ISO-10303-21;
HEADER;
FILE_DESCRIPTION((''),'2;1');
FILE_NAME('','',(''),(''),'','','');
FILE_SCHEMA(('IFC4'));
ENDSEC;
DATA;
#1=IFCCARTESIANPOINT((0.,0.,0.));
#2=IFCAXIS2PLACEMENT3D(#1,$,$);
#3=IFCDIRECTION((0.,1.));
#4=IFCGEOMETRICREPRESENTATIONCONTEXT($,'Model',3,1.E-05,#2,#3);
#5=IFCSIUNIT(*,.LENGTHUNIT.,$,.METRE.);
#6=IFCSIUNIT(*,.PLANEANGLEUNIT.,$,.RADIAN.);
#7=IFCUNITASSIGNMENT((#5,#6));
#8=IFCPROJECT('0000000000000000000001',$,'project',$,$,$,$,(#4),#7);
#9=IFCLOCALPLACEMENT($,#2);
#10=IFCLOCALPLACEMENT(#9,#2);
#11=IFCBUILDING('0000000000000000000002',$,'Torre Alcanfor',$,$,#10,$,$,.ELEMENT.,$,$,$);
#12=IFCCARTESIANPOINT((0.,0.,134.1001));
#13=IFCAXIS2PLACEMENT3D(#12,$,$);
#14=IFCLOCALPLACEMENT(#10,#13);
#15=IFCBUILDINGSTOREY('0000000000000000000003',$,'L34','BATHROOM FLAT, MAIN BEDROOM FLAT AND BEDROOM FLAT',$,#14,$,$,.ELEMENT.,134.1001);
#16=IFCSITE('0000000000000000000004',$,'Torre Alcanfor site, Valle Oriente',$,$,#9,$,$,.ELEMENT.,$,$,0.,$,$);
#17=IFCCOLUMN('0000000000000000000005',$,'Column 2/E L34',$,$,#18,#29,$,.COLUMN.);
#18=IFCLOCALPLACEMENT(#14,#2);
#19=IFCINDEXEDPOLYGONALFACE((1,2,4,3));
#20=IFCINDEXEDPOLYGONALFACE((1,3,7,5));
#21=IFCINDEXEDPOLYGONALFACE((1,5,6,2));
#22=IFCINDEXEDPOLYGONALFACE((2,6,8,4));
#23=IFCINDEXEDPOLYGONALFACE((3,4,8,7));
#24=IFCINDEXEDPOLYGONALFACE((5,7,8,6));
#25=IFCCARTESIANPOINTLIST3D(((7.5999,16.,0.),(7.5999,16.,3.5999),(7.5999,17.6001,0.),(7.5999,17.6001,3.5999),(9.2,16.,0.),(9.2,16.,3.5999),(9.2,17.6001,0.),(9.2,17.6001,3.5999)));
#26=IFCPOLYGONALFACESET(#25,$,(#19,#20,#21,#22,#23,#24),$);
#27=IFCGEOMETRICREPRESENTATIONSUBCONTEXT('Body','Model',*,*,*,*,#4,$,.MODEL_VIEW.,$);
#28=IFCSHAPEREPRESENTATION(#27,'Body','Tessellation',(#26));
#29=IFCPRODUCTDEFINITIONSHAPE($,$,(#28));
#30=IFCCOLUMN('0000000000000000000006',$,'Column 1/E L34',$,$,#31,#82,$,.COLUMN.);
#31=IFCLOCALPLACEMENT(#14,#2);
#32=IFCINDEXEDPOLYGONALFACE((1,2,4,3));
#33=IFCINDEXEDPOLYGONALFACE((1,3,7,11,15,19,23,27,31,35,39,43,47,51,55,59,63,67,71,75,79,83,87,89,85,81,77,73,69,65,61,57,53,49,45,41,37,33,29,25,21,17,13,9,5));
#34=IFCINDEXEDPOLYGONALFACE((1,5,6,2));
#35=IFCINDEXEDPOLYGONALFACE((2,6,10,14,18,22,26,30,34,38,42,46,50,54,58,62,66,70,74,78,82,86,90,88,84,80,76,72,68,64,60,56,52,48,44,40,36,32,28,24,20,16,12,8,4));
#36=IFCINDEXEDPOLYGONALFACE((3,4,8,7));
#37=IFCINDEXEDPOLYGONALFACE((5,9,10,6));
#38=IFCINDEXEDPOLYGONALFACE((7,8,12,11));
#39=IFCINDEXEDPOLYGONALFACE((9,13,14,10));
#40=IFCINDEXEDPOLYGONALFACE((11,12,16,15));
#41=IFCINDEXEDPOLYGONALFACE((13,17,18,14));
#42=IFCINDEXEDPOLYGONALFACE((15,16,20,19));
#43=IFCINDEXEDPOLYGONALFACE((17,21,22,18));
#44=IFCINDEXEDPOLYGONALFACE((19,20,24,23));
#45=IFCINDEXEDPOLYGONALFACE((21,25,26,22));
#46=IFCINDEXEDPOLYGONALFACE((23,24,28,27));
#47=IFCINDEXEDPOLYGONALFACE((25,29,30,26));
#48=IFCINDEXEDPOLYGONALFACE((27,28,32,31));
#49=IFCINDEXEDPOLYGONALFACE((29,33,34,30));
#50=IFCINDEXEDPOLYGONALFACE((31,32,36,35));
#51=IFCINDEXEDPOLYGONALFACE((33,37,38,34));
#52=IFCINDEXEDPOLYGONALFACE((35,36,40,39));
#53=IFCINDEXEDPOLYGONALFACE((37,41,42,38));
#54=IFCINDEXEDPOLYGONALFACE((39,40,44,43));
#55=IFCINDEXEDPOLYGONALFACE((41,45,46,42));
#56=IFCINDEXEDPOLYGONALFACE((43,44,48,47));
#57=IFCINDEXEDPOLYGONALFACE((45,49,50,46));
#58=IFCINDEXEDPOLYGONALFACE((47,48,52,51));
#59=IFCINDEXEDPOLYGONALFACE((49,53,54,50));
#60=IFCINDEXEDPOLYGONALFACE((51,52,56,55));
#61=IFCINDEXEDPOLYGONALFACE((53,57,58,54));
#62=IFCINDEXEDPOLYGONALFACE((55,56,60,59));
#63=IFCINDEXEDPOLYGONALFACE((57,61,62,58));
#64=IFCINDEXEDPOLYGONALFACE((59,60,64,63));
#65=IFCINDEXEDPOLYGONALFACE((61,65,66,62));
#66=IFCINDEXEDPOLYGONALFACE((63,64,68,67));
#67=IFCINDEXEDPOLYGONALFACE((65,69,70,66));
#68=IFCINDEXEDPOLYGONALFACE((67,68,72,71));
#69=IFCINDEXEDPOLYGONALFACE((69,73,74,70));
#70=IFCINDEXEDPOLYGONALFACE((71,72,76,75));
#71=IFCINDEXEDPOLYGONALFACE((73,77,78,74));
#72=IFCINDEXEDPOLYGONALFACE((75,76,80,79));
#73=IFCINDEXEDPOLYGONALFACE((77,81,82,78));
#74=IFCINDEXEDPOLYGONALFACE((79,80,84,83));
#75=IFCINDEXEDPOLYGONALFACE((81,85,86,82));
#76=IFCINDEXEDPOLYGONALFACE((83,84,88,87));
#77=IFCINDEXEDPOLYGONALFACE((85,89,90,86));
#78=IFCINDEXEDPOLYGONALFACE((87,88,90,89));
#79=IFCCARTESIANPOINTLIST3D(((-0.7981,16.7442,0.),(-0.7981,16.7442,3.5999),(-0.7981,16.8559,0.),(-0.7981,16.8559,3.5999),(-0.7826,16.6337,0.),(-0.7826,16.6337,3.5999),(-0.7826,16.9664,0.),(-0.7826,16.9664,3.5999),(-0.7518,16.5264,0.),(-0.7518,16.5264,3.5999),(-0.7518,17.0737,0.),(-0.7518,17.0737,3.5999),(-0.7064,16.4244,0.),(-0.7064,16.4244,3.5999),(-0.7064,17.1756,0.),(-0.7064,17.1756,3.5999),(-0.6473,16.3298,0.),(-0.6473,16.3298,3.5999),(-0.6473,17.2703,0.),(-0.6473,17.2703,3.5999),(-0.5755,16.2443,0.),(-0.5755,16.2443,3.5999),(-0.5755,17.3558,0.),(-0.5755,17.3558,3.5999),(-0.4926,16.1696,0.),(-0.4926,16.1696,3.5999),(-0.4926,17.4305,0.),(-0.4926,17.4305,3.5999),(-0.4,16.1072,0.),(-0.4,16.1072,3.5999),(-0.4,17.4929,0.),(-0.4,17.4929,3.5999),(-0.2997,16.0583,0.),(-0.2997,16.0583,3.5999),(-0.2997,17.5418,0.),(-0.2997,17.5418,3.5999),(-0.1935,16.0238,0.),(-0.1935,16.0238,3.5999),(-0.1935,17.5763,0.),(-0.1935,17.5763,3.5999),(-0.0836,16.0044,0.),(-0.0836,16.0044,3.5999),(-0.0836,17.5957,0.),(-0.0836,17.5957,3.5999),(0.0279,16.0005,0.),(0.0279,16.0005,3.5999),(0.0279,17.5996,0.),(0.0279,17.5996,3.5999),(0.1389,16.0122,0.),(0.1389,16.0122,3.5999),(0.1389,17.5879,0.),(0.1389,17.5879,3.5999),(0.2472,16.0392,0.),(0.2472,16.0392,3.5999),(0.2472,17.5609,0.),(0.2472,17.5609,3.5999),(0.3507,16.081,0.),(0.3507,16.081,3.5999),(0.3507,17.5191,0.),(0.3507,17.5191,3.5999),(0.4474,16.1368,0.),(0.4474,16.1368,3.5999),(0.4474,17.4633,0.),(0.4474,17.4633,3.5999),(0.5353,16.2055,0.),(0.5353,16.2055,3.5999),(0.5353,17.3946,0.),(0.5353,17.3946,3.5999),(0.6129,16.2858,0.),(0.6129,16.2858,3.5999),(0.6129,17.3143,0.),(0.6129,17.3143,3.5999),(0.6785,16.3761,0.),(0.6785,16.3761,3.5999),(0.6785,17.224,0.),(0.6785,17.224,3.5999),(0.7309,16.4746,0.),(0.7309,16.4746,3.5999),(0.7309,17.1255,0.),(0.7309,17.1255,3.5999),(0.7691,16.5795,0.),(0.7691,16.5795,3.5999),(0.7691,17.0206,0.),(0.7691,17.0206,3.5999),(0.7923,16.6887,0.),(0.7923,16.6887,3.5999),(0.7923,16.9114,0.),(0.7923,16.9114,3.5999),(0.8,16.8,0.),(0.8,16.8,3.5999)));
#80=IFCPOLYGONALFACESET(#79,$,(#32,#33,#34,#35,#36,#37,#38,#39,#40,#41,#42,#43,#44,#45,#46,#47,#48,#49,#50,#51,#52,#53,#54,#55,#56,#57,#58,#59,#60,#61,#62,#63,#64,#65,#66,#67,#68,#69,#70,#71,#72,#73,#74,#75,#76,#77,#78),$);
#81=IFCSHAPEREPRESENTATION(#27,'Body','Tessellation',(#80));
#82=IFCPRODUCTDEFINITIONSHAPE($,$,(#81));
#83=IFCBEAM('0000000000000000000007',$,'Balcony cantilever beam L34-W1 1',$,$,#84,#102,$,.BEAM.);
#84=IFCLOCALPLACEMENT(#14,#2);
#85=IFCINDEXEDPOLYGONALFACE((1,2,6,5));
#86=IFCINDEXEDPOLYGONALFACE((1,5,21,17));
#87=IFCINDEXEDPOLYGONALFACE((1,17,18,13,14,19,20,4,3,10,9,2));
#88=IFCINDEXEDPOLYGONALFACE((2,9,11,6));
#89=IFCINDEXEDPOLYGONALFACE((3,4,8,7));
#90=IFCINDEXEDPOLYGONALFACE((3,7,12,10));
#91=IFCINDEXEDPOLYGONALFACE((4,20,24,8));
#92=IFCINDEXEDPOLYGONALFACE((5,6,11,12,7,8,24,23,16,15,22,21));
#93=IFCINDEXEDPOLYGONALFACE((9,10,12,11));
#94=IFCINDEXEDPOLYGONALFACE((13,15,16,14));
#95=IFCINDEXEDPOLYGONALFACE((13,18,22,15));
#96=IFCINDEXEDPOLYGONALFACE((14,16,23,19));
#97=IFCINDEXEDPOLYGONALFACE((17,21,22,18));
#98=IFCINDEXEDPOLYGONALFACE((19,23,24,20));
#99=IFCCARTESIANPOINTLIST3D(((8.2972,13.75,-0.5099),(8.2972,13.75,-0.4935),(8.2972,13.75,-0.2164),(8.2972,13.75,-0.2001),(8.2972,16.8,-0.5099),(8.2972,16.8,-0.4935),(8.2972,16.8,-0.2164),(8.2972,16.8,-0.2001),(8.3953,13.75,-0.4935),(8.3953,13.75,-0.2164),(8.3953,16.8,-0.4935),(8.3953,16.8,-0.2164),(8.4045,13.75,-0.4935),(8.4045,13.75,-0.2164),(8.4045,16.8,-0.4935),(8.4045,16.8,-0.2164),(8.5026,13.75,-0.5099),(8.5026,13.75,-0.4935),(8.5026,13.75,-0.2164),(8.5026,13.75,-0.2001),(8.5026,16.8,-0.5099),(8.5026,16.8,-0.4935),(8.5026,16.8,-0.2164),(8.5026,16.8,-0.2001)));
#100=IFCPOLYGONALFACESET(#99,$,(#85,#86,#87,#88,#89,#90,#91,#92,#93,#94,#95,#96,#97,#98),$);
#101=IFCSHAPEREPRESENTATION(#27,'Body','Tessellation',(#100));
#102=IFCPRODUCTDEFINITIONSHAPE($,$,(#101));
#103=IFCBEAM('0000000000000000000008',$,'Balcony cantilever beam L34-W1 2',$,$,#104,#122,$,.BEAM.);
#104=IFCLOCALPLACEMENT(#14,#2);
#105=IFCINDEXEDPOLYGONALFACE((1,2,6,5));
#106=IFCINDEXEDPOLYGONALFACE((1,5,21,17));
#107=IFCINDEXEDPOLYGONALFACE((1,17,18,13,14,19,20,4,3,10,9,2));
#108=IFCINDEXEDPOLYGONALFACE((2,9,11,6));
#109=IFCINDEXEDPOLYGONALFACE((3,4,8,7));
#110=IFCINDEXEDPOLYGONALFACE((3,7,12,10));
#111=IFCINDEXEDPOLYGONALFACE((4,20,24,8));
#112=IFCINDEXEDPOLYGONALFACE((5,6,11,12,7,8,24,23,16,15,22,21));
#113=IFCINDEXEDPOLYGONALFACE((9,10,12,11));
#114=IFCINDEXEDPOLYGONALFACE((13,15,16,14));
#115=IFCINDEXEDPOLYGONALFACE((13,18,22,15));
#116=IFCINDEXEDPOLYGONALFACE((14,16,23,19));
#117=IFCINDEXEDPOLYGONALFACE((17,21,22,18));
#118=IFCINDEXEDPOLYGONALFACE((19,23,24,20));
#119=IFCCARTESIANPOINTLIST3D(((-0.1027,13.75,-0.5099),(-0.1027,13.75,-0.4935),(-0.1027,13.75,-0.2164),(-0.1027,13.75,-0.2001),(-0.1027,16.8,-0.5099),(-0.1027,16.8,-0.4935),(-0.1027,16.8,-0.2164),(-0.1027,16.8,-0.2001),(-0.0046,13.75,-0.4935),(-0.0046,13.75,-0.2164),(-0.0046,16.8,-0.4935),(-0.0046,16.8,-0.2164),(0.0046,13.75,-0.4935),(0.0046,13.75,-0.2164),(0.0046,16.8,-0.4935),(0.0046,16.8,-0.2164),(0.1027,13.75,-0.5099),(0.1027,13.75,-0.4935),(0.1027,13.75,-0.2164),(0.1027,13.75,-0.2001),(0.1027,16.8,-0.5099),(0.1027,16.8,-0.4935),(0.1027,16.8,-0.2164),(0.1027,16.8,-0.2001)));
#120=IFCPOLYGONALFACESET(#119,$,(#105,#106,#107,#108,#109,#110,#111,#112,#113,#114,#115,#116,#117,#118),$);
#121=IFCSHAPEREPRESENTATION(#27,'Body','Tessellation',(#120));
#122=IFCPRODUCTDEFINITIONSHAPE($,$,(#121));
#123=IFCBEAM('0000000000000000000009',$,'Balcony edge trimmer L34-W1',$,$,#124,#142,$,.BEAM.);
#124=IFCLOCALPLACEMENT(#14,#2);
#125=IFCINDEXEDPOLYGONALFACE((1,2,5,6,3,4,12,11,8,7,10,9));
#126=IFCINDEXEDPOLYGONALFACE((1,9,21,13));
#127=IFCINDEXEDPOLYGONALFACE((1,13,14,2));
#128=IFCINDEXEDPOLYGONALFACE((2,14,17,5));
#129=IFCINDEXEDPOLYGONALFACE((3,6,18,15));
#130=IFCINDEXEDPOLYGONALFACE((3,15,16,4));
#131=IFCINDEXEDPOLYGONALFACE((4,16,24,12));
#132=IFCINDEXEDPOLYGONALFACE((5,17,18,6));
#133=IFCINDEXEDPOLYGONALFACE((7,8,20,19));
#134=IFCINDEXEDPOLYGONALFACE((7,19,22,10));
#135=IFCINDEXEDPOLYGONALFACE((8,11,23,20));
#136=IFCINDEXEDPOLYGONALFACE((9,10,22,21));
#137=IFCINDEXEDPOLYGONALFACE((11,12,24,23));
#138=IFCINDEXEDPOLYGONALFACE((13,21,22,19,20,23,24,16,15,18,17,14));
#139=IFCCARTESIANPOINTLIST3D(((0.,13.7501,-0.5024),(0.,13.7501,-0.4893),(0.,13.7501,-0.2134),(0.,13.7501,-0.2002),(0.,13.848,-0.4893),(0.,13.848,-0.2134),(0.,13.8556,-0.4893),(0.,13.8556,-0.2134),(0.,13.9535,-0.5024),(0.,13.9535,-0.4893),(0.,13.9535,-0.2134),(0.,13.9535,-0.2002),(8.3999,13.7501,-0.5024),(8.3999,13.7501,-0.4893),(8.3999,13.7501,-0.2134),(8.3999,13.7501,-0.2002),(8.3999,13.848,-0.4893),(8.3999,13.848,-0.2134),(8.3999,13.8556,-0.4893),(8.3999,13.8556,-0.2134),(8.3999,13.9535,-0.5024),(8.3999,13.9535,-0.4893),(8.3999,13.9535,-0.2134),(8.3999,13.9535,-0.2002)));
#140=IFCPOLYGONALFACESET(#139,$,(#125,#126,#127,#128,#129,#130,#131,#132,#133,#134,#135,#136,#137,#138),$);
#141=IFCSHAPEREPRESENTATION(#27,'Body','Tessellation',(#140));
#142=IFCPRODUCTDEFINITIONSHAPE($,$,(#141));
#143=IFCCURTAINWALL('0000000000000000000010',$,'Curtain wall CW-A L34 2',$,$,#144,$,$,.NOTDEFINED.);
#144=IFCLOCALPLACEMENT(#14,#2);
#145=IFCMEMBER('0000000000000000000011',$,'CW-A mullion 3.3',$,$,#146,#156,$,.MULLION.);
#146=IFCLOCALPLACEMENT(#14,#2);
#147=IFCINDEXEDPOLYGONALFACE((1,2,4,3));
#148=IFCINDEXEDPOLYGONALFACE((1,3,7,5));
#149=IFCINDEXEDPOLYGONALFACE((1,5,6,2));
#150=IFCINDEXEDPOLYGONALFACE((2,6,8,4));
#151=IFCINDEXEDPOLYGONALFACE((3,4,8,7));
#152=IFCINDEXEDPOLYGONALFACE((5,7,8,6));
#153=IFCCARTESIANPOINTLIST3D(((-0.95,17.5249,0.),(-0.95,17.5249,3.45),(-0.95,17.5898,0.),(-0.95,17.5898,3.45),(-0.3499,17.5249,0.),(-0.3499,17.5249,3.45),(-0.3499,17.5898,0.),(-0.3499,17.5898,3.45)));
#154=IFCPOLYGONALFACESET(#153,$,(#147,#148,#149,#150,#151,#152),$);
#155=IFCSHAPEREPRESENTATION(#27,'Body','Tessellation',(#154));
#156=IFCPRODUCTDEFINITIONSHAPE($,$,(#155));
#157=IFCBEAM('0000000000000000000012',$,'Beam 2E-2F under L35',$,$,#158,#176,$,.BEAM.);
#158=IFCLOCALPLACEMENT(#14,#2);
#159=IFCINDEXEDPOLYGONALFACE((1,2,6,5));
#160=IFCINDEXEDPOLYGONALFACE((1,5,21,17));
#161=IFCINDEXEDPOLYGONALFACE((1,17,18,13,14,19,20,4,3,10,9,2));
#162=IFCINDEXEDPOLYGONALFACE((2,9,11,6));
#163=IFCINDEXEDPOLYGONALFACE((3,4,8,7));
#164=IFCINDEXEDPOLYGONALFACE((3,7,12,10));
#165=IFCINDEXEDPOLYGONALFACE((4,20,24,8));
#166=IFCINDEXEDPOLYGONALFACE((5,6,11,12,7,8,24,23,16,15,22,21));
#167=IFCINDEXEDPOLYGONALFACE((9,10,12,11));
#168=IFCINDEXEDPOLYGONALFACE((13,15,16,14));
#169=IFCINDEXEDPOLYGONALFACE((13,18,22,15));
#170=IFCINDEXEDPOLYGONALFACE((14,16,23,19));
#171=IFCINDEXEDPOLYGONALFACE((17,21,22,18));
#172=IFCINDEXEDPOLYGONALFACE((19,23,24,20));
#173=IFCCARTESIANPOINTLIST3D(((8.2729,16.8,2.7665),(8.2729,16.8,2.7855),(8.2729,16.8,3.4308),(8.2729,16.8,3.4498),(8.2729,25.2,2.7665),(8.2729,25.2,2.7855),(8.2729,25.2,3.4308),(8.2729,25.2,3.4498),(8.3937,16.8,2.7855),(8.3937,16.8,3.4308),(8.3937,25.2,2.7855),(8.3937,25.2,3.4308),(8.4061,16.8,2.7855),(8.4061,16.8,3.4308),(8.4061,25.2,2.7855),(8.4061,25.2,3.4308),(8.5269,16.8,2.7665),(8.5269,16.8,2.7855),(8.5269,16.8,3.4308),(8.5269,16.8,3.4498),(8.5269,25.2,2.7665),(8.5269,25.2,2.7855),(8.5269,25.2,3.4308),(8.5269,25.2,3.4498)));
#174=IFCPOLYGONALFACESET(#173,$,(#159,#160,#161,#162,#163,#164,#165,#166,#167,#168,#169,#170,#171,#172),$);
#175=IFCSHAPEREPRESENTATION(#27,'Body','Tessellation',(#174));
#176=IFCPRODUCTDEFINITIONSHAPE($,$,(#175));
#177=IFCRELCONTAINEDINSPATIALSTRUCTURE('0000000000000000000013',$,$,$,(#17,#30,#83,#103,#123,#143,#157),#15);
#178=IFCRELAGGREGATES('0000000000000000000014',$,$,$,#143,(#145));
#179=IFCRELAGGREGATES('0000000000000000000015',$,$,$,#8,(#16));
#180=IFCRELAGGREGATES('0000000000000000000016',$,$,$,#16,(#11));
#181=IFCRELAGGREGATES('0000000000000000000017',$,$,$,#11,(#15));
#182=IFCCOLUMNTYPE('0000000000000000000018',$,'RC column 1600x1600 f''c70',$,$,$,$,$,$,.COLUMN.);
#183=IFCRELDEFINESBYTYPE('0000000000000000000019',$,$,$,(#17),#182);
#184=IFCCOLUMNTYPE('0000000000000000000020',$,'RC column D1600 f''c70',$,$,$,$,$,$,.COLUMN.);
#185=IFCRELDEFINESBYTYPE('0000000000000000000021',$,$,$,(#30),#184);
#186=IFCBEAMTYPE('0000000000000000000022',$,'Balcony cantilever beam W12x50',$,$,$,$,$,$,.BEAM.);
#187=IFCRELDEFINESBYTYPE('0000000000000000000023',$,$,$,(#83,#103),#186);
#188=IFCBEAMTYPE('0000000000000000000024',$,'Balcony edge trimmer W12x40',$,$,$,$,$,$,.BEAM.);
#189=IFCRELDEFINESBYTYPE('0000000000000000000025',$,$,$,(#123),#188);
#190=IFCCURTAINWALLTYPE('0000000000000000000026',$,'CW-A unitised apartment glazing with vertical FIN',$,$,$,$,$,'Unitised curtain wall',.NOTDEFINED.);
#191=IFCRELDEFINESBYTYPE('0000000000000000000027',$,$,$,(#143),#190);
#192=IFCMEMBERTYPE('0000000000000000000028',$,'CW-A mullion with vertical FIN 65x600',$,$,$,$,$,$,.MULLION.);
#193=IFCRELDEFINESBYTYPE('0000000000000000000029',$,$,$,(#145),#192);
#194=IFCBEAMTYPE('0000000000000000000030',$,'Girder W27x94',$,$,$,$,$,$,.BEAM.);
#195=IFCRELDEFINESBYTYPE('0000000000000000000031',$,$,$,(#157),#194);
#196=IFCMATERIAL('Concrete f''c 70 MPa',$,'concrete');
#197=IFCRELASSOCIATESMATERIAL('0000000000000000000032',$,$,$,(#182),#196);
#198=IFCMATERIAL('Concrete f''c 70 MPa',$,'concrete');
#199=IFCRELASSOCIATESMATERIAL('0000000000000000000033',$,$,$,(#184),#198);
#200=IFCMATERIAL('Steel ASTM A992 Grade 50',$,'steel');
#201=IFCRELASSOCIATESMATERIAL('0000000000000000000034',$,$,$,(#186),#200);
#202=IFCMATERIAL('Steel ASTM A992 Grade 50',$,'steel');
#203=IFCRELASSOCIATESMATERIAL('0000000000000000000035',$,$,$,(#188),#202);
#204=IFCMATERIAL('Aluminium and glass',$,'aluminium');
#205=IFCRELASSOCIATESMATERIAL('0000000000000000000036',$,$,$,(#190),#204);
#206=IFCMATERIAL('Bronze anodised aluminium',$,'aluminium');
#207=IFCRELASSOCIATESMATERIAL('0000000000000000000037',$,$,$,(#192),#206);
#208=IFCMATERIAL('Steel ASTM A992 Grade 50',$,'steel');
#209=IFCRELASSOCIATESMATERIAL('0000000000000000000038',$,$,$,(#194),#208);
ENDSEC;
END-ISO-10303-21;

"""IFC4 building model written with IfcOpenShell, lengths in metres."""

from ifc_helpers import new_model, si_unit, direction, frame, origin, origin_2d, place, context, subcontext, project, spatial, rectangle, circle, i_section, extrude, material, material_profile, profile_set, type_object, element, aggregate, save


model = new_model("IFC4")

# Units and contexts
model_context = context("Model", 3, precision=1e-05, world=origin(), true_north=direction((0.0, 1.0)))
body_context = subcontext(model_context, "Body", "Model", "MODEL_VIEW")
ifc_project = project(units=[si_unit("LENGTHUNIT", "METRE"), si_unit("PLANEANGLEUNIT", "RADIAN")], contexts=[model_context])

# Site, building, storey
site_placement = place(None, origin())
site = spatial("IfcSite", under=ifc_project, at=site_placement, Name="Torre Alcanfor site, Valle Oriente", CompositionType="ELEMENT", RefElevation=0.0)
building_placement = place(site_placement, origin())
building = spatial("IfcBuilding", under=site, at=building_placement, Name="Torre Alcanfor", CompositionType="ELEMENT")
storey_placement = place(building_placement, frame((0.0, 0.0, 134.1001)))
storey = spatial("IfcBuildingStorey", under=building, at=storey_placement, Name="L34", Description="BATHROOM FLAT, MAIN BEDROOM FLAT AND BEDROOM FLAT", CompositionType="ELEMENT", Elevation=134.1001)

# Columns
ifc_material_1 = material(Name="Concrete f'c 70 MPa", Category="concrete")
ifc_material_profile_1 = material_profile(ifc_material_1, rectangle(XDim=1.6001, YDim=1.6001, at=origin_2d()), Name="1600x1600")
ifc_profile_set_1 = profile_set([ifc_material_profile_1], Name="Concrete f'c 70 MPa")
column_type_1 = type_object("IfcColumnType", Name="RC column 1600x1600 f'c70", PredefinedType="COLUMN", material=ifc_profile_set_1)
column_1_placement = place(storey_placement, frame((8.3999, 16.8, 0.0), z_axis=(0.0, 0.0, 1.0), x_axis=(1.0, 0.0, 0.0)))
element("IfcColumn", 1, at=column_1_placement, inside=storey, type_object=column_type_1, Name="Column 2/E L34", PredefinedType="COLUMN", context=body_context, shape_type="SweptSolid", body=[
    extrude(rectangle(XDim=1.6001, YDim=1.6001, at=origin_2d()), origin(), (0.0, 0.0, 1.0), 3.5999),
])
ifc_material_2 = material(Name="Concrete f'c 70 MPa", Category="concrete")
ifc_material_profile_2 = material_profile(ifc_material_2, circle(Radius=0.8, at=origin_2d()), Name="D1600")
ifc_profile_set_2 = profile_set([ifc_material_profile_2], Name="Concrete f'c 70 MPa")
column_type_2 = type_object("IfcColumnType", Name="RC column D1600 f'c70", PredefinedType="COLUMN", material=ifc_profile_set_2)
column_2_placement = place(storey_placement, frame((0.0, 16.8, 0.0), z_axis=(0.0, 0.0, 1.0), x_axis=(1.0, 0.0, 0.0)))
element("IfcColumn", 2, at=column_2_placement, inside=storey, type_object=column_type_2, Name="Column 1/E L34", PredefinedType="COLUMN", context=body_context, shape_type="SweptSolid", body=[
    extrude(circle(Radius=0.8, at=origin_2d()), origin(), (0.0, 0.0, 1.0), 3.5999),
])

# Beams
ifc_material_3 = material(Name="Steel ASTM A992 Grade 50", Category="steel")
ifc_material_profile_3 = material_profile(ifc_material_3, i_section(OverallWidth=0.2053, OverallDepth=0.3098, WebThickness=0.0093, FlangeThickness=0.0164, at=origin_2d()), Name="W12x50")
ifc_profile_set_3 = profile_set([ifc_material_profile_3], Name="Steel ASTM A992 Grade 50")
beam_type_1 = type_object("IfcBeamType", Name="Balcony cantilever beam W12x50", PredefinedType="BEAM", material=ifc_profile_set_3)
for number, where, z_axis, x_axis, name in (
    (3, (8.3999, 16.8, -0.355), (0.0, -1.0, 0.0), (1.0, 0.0, 0.0), "Balcony cantilever beam L34-W1 1"),
    (4, (0.0, 16.8, -0.355), (0.0, -1.0, 0.0), (1.0, 0.0, 0.0), "Balcony cantilever beam L34-W1 2"),
):
    element("IfcBeam", number, at=place(storey_placement, frame(where, z_axis=z_axis, x_axis=x_axis)), inside=storey, type_object=beam_type_1, Name=name, PredefinedType="BEAM", context=body_context, shape_type="SweptSolid", body=[
        extrude(i_section(OverallWidth=0.2053, OverallDepth=0.3098, WebThickness=0.0093, FlangeThickness=0.0164, at=origin_2d()), origin(), (0.0, 0.0, 1.0), 3.05),
    ])
ifc_material_4 = material(Name="Steel ASTM A992 Grade 50", Category="steel")
ifc_material_profile_4 = material_profile(ifc_material_4, i_section(OverallWidth=0.2034, OverallDepth=0.3022, WebThickness=0.0076, FlangeThickness=0.0132, at=origin_2d()), Name="W12x40")
ifc_profile_set_4 = profile_set([ifc_material_profile_4], Name="Steel ASTM A992 Grade 50")
beam_type_2 = type_object("IfcBeamType", Name="Balcony edge trimmer W12x40", PredefinedType="BEAM", material=ifc_profile_set_4)
beam_1_placement = place(storey_placement, frame((8.3999, 13.8518, -0.3513), z_axis=(-1.0, 0.0, 0.0), x_axis=(0.0, -1.0, 0.0)))
element("IfcBeam", 5, at=beam_1_placement, inside=storey, type_object=beam_type_2, Name="Balcony edge trimmer L34-W1", PredefinedType="BEAM", context=body_context, shape_type="SweptSolid", body=[
    extrude(i_section(OverallWidth=0.2034, OverallDepth=0.3022, WebThickness=0.0076, FlangeThickness=0.0132, at=origin_2d()), origin(), (0.0, 0.0, 1.0), 8.3999),
])

# Curtain wall, member
ifc_material_5 = material(Name="Aluminium and glass", Category="aluminium")
curtain_wall_type = type_object("IfcCurtainWallType", Name="CW-A unitised apartment glazing with vertical FIN", ElementType="Unitised curtain wall", PredefinedType="NOTDEFINED", material=ifc_material_5)
curtain_wall_placement = place(storey_placement, origin())
curtain_wall = element("IfcCurtainWall", 6, at=curtain_wall_placement, inside=storey, type_object=curtain_wall_type, Name="Curtain wall CW-A L34 2", PredefinedType="NOTDEFINED")
ifc_material_6 = material(Name="Bronze anodised aluminium", Category="aluminium")
ifc_material_profile_5 = material_profile(ifc_material_6, rectangle(XDim=0.6001, YDim=0.0649, at=origin_2d()), Name="CW-A mullion 65x600")
ifc_profile_set_5 = profile_set([ifc_material_profile_5], Name="Bronze anodised aluminium")
member_type = type_object("IfcMemberType", Name="CW-A mullion with vertical FIN 65x600", PredefinedType="MULLION", material=ifc_profile_set_5)
member_placement = place(storey_placement, frame((-0.6499, 17.5574, 0.0), z_axis=(0.0, 0.0, 1.0), x_axis=(1.0, 0.0, 0.0)))
member = element("IfcMember", 7, at=member_placement, type_object=member_type, Name="CW-A mullion 3.3", PredefinedType="MULLION", context=body_context, shape_type="SweptSolid", body=[
    extrude(rectangle(XDim=0.6001, YDim=0.0649, at=origin_2d()), origin(), (0.0, 0.0, 1.0), 3.45),
])

# Beam
ifc_material_7 = material(Name="Steel ASTM A992 Grade 50", Category="steel")
ifc_material_profile_6 = material_profile(ifc_material_7, i_section(OverallWidth=0.2539, OverallDepth=0.6833, WebThickness=0.0125, FlangeThickness=0.019, at=origin_2d()), Name="W27x94")
ifc_profile_set_6 = profile_set([ifc_material_profile_6], Name="Steel ASTM A992 Grade 50")
beam_type_3 = type_object("IfcBeamType", Name="Girder W27x94", PredefinedType="BEAM", material=ifc_profile_set_6)
beam_2_placement = place(storey_placement, frame((8.3999, 16.8, 3.1082), z_axis=(0.0, 1.0, 0.0), x_axis=(-1.0, 0.0, 0.0)))
element("IfcBeam", 8, at=beam_2_placement, inside=storey, type_object=beam_type_3, Name="Beam 2E-2F under L35", PredefinedType="BEAM", context=body_context, shape_type="SweptSolid", body=[
    extrude(i_section(OverallWidth=0.2539, OverallDepth=0.6833, WebThickness=0.0125, FlangeThickness=0.019, at=origin_2d()), origin(), (0.0, 0.0, 1.0), 8.3999),
])

aggregate(curtain_wall, [member])

save(model, "model.ifc")
